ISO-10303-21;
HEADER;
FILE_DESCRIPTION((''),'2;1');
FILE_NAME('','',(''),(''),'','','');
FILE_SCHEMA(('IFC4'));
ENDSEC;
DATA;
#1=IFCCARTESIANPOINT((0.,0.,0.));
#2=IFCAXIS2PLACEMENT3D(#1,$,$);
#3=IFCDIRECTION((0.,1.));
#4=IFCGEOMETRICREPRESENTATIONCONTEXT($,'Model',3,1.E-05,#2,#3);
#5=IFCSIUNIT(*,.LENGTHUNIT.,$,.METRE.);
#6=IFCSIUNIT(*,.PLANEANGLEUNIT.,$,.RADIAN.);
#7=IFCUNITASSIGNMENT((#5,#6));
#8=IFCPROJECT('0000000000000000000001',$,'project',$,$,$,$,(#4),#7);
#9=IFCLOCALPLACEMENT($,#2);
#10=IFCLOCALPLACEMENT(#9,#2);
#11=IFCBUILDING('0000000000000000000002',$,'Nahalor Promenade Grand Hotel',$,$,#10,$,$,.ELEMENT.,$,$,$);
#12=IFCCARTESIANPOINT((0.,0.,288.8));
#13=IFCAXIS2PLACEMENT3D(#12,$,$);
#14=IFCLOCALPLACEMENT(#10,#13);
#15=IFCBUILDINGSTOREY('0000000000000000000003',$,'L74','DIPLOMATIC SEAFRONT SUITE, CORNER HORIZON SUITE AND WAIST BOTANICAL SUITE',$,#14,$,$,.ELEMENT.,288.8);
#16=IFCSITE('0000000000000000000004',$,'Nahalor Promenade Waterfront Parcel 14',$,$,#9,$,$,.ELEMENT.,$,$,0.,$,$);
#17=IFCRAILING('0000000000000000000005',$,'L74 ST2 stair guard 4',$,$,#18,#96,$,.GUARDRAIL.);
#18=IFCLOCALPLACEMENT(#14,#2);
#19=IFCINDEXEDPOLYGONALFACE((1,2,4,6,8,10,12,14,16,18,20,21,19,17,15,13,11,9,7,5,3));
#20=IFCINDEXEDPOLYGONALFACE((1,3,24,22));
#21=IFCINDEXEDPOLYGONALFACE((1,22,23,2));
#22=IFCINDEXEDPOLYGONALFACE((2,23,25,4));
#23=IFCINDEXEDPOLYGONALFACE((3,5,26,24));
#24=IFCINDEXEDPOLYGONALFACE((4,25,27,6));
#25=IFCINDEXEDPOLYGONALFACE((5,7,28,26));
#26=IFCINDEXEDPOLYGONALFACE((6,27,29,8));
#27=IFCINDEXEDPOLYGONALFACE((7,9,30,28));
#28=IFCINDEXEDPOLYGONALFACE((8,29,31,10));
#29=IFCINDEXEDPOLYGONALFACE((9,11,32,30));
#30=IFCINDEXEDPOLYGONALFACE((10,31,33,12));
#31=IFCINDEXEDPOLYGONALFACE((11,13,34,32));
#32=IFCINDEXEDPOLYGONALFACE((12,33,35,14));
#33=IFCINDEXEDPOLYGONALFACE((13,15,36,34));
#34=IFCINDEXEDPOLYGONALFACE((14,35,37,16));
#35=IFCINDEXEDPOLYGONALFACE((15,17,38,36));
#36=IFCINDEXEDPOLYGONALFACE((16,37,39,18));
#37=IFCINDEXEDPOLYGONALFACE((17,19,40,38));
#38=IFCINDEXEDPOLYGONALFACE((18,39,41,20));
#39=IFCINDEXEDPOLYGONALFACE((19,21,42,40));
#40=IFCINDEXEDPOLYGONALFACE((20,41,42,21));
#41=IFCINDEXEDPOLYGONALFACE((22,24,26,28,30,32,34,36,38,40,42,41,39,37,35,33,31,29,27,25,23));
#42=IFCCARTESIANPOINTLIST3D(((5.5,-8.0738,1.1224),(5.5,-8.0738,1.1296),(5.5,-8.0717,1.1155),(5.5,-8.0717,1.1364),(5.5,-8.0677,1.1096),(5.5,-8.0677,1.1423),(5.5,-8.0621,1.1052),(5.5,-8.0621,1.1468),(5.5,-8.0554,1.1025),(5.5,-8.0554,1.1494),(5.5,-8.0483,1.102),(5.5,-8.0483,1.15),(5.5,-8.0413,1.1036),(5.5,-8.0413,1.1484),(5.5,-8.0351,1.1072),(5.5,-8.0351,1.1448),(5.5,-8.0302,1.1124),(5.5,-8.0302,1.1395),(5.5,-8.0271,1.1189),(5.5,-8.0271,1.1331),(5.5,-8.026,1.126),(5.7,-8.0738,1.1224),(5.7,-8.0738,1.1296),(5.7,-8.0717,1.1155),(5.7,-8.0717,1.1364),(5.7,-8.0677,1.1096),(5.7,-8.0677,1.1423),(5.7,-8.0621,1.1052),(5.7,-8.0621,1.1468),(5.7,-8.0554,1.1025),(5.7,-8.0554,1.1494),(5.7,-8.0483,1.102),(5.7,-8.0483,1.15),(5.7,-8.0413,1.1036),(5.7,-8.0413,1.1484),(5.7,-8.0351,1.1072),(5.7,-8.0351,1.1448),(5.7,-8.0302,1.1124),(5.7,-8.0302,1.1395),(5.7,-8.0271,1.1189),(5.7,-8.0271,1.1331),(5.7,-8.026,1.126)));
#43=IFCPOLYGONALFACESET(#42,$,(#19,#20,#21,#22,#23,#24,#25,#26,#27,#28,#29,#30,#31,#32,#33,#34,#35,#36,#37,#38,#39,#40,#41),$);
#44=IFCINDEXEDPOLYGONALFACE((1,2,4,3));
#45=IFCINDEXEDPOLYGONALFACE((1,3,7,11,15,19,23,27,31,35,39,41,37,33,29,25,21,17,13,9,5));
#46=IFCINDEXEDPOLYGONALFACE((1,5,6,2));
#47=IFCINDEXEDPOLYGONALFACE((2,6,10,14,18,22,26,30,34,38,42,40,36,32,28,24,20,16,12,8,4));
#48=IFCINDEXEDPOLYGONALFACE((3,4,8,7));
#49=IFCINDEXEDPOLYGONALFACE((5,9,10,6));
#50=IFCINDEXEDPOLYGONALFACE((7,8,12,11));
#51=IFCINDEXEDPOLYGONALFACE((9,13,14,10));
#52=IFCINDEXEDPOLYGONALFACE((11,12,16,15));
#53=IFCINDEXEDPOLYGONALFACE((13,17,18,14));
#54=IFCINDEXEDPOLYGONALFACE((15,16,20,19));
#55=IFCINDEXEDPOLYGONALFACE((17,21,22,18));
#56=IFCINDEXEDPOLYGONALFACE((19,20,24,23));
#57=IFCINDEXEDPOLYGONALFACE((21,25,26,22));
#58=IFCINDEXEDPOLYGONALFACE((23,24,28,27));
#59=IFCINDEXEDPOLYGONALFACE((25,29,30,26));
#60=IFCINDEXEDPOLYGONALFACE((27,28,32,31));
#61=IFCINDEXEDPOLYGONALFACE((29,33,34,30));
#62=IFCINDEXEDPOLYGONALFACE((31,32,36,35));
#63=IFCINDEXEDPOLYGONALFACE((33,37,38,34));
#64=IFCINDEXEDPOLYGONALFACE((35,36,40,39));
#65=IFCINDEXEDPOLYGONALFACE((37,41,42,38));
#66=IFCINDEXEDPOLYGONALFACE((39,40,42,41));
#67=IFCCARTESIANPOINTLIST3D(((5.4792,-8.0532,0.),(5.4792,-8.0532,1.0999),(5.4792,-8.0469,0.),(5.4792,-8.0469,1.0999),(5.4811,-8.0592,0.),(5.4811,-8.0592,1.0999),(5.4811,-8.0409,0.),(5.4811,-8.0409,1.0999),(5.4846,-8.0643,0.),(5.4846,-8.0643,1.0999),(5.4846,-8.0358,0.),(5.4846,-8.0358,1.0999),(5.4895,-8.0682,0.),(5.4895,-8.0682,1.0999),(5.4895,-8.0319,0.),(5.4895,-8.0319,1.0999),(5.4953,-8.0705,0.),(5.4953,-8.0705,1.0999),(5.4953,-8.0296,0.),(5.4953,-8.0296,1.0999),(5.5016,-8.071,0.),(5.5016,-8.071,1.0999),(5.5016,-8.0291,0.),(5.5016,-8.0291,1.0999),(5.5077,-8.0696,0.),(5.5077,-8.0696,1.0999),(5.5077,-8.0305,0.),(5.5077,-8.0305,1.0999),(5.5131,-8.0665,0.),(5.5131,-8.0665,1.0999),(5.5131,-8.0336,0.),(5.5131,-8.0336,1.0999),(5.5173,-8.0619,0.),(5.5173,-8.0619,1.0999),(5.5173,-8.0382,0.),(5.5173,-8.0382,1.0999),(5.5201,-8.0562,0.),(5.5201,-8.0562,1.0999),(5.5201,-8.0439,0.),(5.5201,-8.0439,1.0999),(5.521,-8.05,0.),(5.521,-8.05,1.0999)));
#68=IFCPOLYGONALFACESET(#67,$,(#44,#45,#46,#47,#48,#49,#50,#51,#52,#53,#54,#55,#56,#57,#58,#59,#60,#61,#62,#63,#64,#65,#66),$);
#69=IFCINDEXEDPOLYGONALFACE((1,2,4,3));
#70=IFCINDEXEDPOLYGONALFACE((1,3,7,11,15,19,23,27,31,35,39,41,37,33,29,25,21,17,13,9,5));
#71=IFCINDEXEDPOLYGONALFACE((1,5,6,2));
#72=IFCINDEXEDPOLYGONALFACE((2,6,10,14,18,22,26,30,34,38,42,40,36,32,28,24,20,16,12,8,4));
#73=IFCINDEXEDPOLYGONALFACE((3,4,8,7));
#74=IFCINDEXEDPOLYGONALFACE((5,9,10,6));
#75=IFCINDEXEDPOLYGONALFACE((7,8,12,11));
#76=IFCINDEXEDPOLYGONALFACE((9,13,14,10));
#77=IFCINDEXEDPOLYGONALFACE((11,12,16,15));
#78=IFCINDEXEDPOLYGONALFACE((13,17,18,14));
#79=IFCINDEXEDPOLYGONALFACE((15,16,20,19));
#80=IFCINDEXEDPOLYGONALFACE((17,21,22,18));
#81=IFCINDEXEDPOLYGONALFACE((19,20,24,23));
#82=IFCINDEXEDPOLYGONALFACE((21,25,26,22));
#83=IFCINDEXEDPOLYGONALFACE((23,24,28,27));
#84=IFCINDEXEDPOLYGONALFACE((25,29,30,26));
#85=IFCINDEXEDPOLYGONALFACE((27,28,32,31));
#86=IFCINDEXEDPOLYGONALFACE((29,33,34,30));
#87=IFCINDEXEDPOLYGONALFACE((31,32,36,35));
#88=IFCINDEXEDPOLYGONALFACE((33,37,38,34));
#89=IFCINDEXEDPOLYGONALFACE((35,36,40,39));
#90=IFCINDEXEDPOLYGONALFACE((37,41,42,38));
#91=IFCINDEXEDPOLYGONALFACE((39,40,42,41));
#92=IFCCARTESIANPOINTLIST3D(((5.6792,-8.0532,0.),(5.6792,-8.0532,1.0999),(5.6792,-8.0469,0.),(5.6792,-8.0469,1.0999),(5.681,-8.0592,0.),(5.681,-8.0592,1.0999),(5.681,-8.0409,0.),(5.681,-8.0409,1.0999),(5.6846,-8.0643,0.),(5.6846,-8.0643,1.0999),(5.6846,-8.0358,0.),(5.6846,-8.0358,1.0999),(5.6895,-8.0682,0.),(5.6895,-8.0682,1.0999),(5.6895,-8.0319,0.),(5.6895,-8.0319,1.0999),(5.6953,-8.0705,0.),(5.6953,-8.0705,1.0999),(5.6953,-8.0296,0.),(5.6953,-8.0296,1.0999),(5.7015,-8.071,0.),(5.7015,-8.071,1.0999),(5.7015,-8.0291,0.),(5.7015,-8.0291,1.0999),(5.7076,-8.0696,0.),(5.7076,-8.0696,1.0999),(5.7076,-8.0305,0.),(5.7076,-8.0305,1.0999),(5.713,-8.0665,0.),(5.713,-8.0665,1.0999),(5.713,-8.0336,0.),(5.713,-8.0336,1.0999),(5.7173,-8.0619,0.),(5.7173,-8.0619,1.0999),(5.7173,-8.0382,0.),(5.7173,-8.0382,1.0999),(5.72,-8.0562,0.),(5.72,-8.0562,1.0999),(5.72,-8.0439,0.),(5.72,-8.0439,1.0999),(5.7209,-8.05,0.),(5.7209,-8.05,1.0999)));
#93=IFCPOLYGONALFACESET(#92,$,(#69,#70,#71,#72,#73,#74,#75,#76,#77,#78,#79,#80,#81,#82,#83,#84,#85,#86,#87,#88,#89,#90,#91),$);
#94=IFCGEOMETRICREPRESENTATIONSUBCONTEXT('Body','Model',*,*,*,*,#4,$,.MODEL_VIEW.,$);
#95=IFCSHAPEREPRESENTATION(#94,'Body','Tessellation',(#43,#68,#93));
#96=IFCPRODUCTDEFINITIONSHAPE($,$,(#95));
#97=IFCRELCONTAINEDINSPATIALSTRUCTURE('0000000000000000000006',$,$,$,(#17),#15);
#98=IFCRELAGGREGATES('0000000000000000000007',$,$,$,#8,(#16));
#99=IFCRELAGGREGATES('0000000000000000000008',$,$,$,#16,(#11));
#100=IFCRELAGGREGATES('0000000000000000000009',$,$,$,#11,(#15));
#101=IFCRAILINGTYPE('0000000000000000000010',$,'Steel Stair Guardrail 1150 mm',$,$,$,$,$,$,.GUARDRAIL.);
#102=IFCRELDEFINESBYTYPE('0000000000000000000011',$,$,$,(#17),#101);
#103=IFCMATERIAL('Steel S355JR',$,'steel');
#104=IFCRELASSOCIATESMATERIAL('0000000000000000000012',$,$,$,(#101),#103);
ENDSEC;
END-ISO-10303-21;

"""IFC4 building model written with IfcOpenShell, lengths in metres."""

from ifc_helpers import new_model, si_unit, direction, frame, origin, origin_2d, place, context, subcontext, project, spatial, circle, extrude, material, type_object, element, save


model = new_model("IFC4")

# Units and contexts
model_context = context("Model", 3, precision=1e-05, world=origin(), true_north=direction((0.0, 1.0)))
body_context = subcontext(model_context, "Body", "Model", "MODEL_VIEW")
ifc_project = project(units=[si_unit("LENGTHUNIT", "METRE"), si_unit("PLANEANGLEUNIT", "RADIAN")], contexts=[model_context])

# Site, building, storey
site_placement = place(None, origin())
site = spatial("IfcSite", under=ifc_project, at=site_placement, Name="Nahalor Promenade Waterfront Parcel 14", CompositionType="ELEMENT", RefElevation=0.0)
building_placement = place(site_placement, origin())
building = spatial("IfcBuilding", under=site, at=building_placement, Name="Nahalor Promenade Grand Hotel", CompositionType="ELEMENT")
storey_placement = place(building_placement, frame((0.0, 0.0, 288.8)))
storey = spatial("IfcBuildingStorey", under=building, at=storey_placement, Name="L74", Description="DIPLOMATIC SEAFRONT SUITE, CORNER HORIZON SUITE AND WAIST BOTANICAL SUITE", CompositionType="ELEMENT", Elevation=288.8)

# Shared definitions
ifc_material_1 = material(Name="Steel S355JR", Category="steel")

# Railing
railing_type_1 = type_object("IfcRailingType", Name="Steel Stair Guardrail 1150 mm", PredefinedType="GUARDRAIL", material=ifc_material_1)
railing_1_placement = place(storey_placement, frame((5.5, -8.05, 0.0)))
element("IfcRailing", 1, at=railing_1_placement, inside=storey, type_object=railing_type_1, Name="L74 ST2 stair guard 4", PredefinedType="GUARDRAIL", context=body_context, shape_type="SweptSolid", body=[
    extrude(circle(Radius=0.024, at=origin_2d()), frame((0.0, 0.0, 1.126), z_axis=(1.0, 0.0, 0.0), x_axis=(0.0, 1.0, 0.0)), (0.0, 0.0, 1.0), 0.2),
    extrude(circle(Radius=0.021, at=origin_2d()), origin(), (0.0, 0.0, 1.0), 1.0999),
    extrude(circle(Radius=0.021, at=origin_2d()), frame((0.2, 0.0, 0.0)), (0.0, 0.0, 1.0), 1.0999),
])

save(model, "model.ifc")
